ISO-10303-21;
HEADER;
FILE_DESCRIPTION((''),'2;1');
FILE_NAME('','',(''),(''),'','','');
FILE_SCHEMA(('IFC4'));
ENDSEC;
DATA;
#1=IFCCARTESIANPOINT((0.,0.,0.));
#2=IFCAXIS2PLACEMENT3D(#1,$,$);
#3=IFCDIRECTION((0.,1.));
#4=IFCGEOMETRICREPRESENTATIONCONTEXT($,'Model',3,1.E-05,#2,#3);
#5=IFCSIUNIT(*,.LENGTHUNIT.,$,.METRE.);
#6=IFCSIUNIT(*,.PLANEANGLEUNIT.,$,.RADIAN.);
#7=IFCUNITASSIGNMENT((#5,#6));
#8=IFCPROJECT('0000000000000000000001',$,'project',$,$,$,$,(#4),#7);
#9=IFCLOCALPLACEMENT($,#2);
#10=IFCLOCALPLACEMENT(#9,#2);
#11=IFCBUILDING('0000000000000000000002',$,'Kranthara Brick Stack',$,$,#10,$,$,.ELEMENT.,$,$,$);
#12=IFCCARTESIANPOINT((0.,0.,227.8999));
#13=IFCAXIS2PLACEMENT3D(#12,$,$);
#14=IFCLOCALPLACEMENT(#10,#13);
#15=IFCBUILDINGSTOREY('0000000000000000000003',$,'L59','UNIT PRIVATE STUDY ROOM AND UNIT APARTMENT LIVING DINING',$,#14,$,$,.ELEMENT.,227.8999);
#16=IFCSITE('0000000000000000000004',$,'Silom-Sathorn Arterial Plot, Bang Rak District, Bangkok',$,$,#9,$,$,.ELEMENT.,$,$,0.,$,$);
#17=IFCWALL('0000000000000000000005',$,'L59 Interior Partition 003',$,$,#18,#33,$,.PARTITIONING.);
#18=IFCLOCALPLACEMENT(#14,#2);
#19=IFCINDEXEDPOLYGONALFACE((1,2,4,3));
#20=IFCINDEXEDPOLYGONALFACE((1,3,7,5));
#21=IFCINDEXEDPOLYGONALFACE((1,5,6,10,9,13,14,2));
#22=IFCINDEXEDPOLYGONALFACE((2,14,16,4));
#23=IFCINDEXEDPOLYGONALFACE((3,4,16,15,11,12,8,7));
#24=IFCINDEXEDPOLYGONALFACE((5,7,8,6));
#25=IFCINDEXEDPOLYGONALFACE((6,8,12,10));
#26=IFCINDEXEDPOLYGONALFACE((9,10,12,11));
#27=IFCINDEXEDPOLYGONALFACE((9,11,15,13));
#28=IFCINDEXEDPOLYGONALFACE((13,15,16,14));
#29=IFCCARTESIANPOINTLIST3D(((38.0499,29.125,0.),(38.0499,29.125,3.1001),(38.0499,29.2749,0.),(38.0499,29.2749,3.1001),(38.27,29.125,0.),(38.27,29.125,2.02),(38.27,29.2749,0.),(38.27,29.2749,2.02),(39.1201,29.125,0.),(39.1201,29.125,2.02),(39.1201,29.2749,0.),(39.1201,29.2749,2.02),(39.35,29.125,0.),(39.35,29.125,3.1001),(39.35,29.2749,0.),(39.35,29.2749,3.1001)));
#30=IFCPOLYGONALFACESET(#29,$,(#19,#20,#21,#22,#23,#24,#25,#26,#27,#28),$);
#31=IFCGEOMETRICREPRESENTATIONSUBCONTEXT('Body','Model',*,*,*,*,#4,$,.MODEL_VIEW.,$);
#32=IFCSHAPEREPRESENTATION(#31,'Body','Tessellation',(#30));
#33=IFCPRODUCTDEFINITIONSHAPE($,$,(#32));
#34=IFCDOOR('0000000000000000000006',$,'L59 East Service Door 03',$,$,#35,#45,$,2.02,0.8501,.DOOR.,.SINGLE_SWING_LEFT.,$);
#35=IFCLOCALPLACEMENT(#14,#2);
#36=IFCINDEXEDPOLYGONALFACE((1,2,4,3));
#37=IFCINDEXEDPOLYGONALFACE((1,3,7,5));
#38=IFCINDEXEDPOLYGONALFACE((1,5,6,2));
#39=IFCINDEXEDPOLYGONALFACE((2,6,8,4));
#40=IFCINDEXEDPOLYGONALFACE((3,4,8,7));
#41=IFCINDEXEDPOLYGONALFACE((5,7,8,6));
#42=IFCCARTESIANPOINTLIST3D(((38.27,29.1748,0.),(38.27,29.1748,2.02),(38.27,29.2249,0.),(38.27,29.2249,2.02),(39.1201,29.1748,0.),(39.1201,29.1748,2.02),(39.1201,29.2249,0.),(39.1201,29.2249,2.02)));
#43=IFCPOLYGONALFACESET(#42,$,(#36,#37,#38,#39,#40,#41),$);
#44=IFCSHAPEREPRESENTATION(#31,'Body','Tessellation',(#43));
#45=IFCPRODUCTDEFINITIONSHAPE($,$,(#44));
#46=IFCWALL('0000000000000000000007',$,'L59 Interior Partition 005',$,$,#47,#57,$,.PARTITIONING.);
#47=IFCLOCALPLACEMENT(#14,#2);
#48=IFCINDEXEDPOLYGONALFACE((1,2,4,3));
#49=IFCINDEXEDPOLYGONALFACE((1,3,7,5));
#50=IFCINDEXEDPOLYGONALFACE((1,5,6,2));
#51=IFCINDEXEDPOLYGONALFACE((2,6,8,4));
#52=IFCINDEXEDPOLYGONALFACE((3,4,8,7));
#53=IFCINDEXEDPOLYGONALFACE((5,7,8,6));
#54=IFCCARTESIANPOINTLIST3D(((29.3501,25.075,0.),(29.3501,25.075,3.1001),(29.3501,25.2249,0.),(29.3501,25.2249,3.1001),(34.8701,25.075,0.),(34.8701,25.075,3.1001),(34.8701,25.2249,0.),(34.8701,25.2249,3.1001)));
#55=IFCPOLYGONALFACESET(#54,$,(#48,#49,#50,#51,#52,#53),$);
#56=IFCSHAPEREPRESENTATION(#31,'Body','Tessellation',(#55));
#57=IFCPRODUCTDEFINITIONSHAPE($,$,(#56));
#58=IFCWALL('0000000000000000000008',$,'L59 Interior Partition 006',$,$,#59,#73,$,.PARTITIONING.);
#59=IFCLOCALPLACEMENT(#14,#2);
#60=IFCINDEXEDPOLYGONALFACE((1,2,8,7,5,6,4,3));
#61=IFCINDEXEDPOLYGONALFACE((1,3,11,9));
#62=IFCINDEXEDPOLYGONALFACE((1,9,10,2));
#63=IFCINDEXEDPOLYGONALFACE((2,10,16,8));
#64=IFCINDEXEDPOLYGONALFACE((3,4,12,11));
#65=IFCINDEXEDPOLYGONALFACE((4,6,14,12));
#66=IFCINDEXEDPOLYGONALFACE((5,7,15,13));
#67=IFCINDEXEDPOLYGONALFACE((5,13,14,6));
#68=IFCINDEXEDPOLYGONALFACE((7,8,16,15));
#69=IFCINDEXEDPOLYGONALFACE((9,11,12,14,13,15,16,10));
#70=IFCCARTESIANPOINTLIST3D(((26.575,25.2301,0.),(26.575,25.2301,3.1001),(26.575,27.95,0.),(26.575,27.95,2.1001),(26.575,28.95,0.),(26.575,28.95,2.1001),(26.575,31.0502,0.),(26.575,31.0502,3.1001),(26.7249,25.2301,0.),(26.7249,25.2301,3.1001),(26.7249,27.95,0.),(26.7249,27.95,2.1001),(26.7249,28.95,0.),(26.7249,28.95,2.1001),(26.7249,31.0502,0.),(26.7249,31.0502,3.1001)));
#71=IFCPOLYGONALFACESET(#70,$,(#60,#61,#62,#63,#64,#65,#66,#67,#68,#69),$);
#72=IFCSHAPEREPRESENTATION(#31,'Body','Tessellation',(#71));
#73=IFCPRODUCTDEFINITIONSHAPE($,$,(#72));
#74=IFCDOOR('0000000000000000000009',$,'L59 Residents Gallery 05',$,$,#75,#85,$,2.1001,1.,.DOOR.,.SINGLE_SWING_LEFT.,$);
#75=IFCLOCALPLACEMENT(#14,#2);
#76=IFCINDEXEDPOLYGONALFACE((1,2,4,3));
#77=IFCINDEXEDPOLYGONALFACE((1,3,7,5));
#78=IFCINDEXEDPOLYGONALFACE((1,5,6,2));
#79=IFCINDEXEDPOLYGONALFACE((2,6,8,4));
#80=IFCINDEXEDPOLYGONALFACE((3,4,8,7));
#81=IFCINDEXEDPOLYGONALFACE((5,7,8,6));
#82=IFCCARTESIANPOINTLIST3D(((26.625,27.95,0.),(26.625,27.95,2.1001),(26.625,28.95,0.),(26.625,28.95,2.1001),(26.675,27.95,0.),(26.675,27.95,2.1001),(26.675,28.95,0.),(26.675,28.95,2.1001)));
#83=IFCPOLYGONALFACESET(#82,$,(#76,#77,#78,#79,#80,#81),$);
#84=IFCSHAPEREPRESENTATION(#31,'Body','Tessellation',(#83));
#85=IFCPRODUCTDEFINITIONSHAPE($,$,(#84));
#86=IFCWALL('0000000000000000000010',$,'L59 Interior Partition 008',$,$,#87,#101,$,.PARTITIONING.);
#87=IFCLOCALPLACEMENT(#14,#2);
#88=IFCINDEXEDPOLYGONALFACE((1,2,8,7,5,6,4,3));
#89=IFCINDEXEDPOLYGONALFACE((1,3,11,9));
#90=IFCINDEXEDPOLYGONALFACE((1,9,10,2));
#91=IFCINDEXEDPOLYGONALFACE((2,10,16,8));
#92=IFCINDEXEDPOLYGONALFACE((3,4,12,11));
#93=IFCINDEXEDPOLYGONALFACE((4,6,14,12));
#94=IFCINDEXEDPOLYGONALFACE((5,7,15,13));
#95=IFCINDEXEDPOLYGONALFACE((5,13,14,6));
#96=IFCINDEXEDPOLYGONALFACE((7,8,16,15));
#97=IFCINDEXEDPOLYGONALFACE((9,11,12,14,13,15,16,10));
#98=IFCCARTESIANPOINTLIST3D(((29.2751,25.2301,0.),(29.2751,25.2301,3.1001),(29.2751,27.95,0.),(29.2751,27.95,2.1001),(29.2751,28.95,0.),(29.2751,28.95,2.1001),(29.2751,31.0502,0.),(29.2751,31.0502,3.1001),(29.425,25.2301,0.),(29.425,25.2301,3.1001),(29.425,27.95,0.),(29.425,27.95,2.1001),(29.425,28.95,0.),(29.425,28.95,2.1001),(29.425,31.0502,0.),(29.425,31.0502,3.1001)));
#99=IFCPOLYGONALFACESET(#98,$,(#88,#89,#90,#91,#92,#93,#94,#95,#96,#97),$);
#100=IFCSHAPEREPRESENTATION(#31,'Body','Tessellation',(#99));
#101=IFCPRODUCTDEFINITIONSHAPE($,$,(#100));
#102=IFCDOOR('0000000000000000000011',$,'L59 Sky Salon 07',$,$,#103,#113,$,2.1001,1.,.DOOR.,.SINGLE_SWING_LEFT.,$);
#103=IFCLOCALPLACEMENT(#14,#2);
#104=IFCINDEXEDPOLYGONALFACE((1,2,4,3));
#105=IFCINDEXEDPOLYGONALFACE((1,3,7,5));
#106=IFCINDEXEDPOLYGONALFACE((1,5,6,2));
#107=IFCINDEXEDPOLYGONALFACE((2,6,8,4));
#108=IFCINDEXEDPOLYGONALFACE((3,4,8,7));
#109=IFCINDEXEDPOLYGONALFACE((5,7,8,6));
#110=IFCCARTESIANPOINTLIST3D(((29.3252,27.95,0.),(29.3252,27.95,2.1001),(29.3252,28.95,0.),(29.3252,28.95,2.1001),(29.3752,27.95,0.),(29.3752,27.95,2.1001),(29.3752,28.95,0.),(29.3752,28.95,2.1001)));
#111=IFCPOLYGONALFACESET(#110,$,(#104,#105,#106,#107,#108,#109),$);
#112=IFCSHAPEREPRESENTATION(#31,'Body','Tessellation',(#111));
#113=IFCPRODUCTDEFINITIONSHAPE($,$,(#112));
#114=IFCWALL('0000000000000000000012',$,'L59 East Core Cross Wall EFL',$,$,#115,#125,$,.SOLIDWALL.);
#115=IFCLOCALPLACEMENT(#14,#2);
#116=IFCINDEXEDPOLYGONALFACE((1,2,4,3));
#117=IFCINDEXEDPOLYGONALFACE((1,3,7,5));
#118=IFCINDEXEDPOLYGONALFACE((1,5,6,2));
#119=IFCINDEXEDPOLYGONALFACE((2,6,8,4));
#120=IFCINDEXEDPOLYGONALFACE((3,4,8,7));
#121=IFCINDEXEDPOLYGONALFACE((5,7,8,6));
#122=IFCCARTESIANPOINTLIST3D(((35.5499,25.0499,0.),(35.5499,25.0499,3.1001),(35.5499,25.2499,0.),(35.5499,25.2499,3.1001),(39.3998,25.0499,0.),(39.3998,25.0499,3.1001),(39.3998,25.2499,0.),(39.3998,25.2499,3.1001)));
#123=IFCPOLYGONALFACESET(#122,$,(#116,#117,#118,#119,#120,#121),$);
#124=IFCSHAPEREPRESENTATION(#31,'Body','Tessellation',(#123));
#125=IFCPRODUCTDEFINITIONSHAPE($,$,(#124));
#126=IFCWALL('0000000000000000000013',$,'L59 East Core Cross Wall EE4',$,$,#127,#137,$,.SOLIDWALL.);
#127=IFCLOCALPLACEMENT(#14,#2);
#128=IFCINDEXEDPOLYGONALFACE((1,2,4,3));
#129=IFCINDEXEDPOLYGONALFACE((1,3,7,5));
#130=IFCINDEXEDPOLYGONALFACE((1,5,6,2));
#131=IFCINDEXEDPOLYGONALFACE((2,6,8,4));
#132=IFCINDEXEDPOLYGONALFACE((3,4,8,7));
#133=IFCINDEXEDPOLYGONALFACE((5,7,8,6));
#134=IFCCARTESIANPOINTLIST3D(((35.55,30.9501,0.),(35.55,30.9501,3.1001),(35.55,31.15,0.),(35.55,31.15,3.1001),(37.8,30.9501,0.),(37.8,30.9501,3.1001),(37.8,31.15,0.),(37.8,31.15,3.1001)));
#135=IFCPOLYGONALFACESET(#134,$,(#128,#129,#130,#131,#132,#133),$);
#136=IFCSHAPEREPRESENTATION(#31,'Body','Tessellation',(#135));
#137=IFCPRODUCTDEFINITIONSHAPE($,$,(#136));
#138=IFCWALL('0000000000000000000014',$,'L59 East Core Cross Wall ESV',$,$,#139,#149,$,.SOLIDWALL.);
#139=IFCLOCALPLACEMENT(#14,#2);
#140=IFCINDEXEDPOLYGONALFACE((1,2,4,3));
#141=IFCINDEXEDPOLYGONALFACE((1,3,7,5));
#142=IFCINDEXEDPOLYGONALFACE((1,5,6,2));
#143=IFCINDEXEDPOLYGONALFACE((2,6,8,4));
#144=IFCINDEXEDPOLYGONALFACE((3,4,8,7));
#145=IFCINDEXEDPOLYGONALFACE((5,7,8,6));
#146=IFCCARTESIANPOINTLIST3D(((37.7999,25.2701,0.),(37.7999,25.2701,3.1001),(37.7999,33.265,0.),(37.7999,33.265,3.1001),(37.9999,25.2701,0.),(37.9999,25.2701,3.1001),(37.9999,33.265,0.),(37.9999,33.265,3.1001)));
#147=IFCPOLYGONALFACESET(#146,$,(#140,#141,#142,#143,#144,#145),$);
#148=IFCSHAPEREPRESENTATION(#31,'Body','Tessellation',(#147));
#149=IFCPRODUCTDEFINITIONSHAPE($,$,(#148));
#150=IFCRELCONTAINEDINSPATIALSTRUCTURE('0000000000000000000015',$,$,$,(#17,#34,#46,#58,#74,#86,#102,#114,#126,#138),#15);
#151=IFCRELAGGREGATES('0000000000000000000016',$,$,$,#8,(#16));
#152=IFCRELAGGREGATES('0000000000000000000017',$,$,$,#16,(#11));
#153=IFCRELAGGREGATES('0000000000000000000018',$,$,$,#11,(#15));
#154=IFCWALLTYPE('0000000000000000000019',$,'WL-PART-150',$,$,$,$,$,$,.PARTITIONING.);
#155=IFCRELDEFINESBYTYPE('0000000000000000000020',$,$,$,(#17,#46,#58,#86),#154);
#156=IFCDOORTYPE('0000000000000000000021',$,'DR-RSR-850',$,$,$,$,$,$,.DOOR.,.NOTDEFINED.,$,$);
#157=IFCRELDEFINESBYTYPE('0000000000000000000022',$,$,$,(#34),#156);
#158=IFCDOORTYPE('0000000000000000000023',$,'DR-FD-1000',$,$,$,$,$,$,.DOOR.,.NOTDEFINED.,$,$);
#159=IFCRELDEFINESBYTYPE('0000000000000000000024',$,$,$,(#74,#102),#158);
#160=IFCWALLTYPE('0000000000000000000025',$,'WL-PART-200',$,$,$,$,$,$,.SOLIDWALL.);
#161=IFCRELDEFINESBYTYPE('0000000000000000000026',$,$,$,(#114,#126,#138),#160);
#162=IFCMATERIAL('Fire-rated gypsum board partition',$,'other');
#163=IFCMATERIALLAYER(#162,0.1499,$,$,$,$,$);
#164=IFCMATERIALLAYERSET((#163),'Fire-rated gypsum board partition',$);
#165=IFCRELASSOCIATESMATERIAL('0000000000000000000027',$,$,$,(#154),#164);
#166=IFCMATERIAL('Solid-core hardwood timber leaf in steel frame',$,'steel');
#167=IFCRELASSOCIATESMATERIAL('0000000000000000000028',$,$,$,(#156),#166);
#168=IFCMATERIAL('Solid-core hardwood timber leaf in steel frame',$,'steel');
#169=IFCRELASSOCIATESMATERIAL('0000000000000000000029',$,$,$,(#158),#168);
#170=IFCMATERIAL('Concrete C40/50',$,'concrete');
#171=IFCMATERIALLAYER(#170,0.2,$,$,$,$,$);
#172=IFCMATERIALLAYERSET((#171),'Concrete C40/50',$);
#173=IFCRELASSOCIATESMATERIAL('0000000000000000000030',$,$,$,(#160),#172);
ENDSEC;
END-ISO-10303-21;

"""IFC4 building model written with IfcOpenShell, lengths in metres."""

from ifc_helpers import new_model, si_unit, direction, frame, frame_2d, origin, place, context, subcontext, project, spatial, rectangle, extrude, material, layer, layer_set, type_object, element, fill, save


model = new_model("IFC4")

# Units and contexts
model_context = context("Model", 3, precision=1e-05, world=origin(), true_north=direction((0.0, 1.0)))
body_context = subcontext(model_context, "Body", "Model", "MODEL_VIEW")
ifc_project = project(units=[si_unit("LENGTHUNIT", "METRE"), si_unit("PLANEANGLEUNIT", "RADIAN")], contexts=[model_context])

# Site, building, storey
site_placement = place(None, origin())
site = spatial("IfcSite", under=ifc_project, at=site_placement, Name="Silom-Sathorn Arterial Plot, Bang Rak District, Bangkok", CompositionType="ELEMENT", RefElevation=0.0)
building_placement = place(site_placement, origin())
building = spatial("IfcBuilding", under=site, at=building_placement, Name="Kranthara Brick Stack", CompositionType="ELEMENT")
storey_placement = place(building_placement, frame((0.0, 0.0, 227.8999)))
storey = spatial("IfcBuildingStorey", under=building, at=storey_placement, Name="L59", Description="UNIT PRIVATE STUDY ROOM AND UNIT APARTMENT LIVING DINING", CompositionType="ELEMENT", Elevation=227.8999)

# Wall, opening, door
ifc_material_1 = material(Name="Fire-rated gypsum board partition", Category="other")
ifc_layer_1 = layer(ifc_material_1, 0.1499)
ifc_layer_set_1 = layer_set([ifc_layer_1], Name="Fire-rated gypsum board partition")
wall_type_1 = type_object("IfcWallType", Name="WL-PART-150", PredefinedType="PARTITIONING", material=ifc_layer_set_1)
wall_1_placement = place(storey_placement, frame((38.05, 29.2, 0.0), z_axis=(0.0, 0.0, 1.0), x_axis=(1.0, 0.0, 0.0)))
wall_1 = element("IfcWall", 1, at=wall_1_placement, inside=storey, type_object=wall_type_1, Name="L59 Interior Partition 003", PredefinedType="PARTITIONING", context=body_context, shape_type="SweptSolid", body=[
    extrude(rectangle(XDim=1.3, YDim=0.1499, at=frame_2d((0.6499, 0.0))), origin(), (0.0, 0.0, 1.0), 3.1001),
])
opening_1_placement = place(wall_1_placement, frame((0.22, 0.0, 0.0)))
opening_1 = element("IfcOpeningElement", 2, at=opening_1_placement, cuts=wall_1, PredefinedType="OPENING", context=body_context, shape_type="SweptSolid", body=[
    extrude(rectangle(XDim=0.8501, YDim=2.02, at=frame_2d((0.425, 1.01))), frame((0.0, 0.085, 0.0), z_axis=(0.0, -1.0, 0.0), x_axis=(1.0, 0.0, 0.0)), (0.0, 0.0, 1.0), 0.1699),
])
ifc_material_2 = material(Name="Solid-core hardwood timber leaf in steel frame", Category="steel")
door_type_1 = type_object("IfcDoorType", Name="DR-RSR-850", OperationType="NOTDEFINED", PredefinedType="DOOR", material=ifc_material_2)
door_1_placement = place(opening_1_placement, origin())
door_1 = element("IfcDoor", 3, at=door_1_placement, inside=storey, type_object=door_type_1, Name="L59 East Service Door 03", OperationType="SINGLE_SWING_LEFT", OverallHeight=2.02, OverallWidth=0.8501, PredefinedType="DOOR", context=body_context, shape_type="SweptSolid", body=[
    extrude(rectangle(XDim=0.8501, YDim=2.02, at=frame_2d((0.425, 1.01))), frame((0.0, 0.0249, 0.0), z_axis=(0.0, -1.0, 0.0), x_axis=(1.0, 0.0, 0.0)), (0.0, 0.0, 1.0), 0.05),
])
fill(opening_1, door_1)

# Wall
wall_2_placement = place(storey_placement, frame((29.3501, 25.1499, 0.0), z_axis=(0.0, 0.0, 1.0), x_axis=(1.0, 0.0, 0.0)))
element("IfcWall", 4, at=wall_2_placement, inside=storey, type_object=wall_type_1, Name="L59 Interior Partition 005", PredefinedType="PARTITIONING", context=body_context, shape_type="SweptSolid", body=[
    extrude(rectangle(XDim=5.52, YDim=0.1499, at=frame_2d((2.76, 0.0))), origin(), (0.0, 0.0, 1.0), 3.1001),
])

# Walls, openings, doors
wall_3_placement = place(storey_placement, frame((26.6499, 25.23, 0.0), z_axis=(0.0, 0.0, 1.0), x_axis=(0.0, 1.0, 0.0)))
wall_3 = element("IfcWall", 5, at=wall_3_placement, inside=storey, type_object=wall_type_1, Name="L59 Interior Partition 006", PredefinedType="PARTITIONING", context=body_context, shape_type="SweptSolid", body=[
    extrude(rectangle(XDim=5.8201, YDim=0.1499, at=frame_2d((2.9102, 0.0))), origin(), (0.0, 0.0, 1.0), 3.1001),
])
opening_2_placement = place(wall_3_placement, frame((2.72, 0.0, 0.0)))
opening_2 = element("IfcOpeningElement", 6, at=opening_2_placement, cuts=wall_3, PredefinedType="OPENING", context=body_context, shape_type="SweptSolid", body=[
    extrude(rectangle(XDim=1.0, YDim=2.1001, at=frame_2d((0.5, 1.05))), frame((0.0, 0.085, 0.0), z_axis=(0.0, -1.0, 0.0), x_axis=(1.0, 0.0, 0.0)), (0.0, 0.0, 1.0), 0.1699),
])
ifc_material_3 = material(Name="Solid-core hardwood timber leaf in steel frame", Category="steel")
door_type_2 = type_object("IfcDoorType", Name="DR-FD-1000", OperationType="NOTDEFINED", PredefinedType="DOOR", material=ifc_material_3)
door_2_placement = place(opening_2_placement, origin())
door_2 = element("IfcDoor", 7, at=door_2_placement, inside=storey, type_object=door_type_2, Name="L59 Residents Gallery 05", OperationType="SINGLE_SWING_LEFT", OverallHeight=2.1001, OverallWidth=1.0, PredefinedType="DOOR", context=body_context, shape_type="SweptSolid", body=[
    extrude(rectangle(XDim=1.0, YDim=2.1001, at=frame_2d((0.5, 1.05))), frame((0.0, 0.0249, 0.0), z_axis=(0.0, -1.0, 0.0), x_axis=(1.0, 0.0, 0.0)), (0.0, 0.0, 1.0), 0.05),
])
fill(opening_2, door_2)
wall_4_placement = place(storey_placement, frame((29.3501, 25.23, 0.0), z_axis=(0.0, 0.0, 1.0), x_axis=(0.0, 1.0, 0.0)))
wall_4 = element("IfcWall", 8, at=wall_4_placement, inside=storey, type_object=wall_type_1, Name="L59 Interior Partition 008", PredefinedType="PARTITIONING", context=body_context, shape_type="SweptSolid", body=[
    extrude(rectangle(XDim=5.8201, YDim=0.1499, at=frame_2d((2.9102, 0.0))), origin(), (0.0, 0.0, 1.0), 3.1001),
])
opening_3_placement = place(wall_4_placement, frame((2.72, 0.0, 0.0)))
opening_3 = element("IfcOpeningElement", 9, at=opening_3_placement, cuts=wall_4, PredefinedType="OPENING", context=body_context, shape_type="SweptSolid", body=[
    extrude(rectangle(XDim=1.0, YDim=2.1001, at=frame_2d((0.5, 1.05))), frame((0.0, 0.085, 0.0), z_axis=(0.0, -1.0, 0.0), x_axis=(1.0, 0.0, 0.0)), (0.0, 0.0, 1.0), 0.1699),
])
door_3_placement = place(opening_3_placement, origin())
door_3 = element("IfcDoor", 10, at=door_3_placement, inside=storey, type_object=door_type_2, Name="L59 Sky Salon 07", OperationType="SINGLE_SWING_LEFT", OverallHeight=2.1001, OverallWidth=1.0, PredefinedType="DOOR", context=body_context, shape_type="SweptSolid", body=[
    extrude(rectangle(XDim=1.0, YDim=2.1001, at=frame_2d((0.5, 1.05))), frame((0.0, 0.0249, 0.0), z_axis=(0.0, -1.0, 0.0), x_axis=(1.0, 0.0, 0.0)), (0.0, 0.0, 1.0), 0.05),
])
fill(opening_3, door_3)

# Walls
ifc_material_4 = material(Name="Concrete C40/50", Category="concrete")
ifc_layer_2 = layer(ifc_material_4, 0.2)
ifc_layer_set_2 = layer_set([ifc_layer_2], Name="Concrete C40/50")
wall_type_2 = type_object("IfcWallType", Name="WL-PART-200", PredefinedType="SOLIDWALL", material=ifc_layer_set_2)
wall_5_placement = place(storey_placement, frame((35.55, 25.1499, 0.0), z_axis=(0.0, 0.0, 1.0), x_axis=(1.0, 0.0, 0.0)))
element("IfcWall", 11, at=wall_5_placement, inside=storey, type_object=wall_type_2, Name="L59 East Core Cross Wall EFL", PredefinedType="SOLIDWALL", context=body_context, shape_type="SweptSolid", body=[
    extrude(rectangle(XDim=3.8499, YDim=0.2, at=frame_2d((1.9248, 0.0))), origin(), (0.0, 0.0, 1.0), 3.1001),
])
wall_6_placement = place(storey_placement, frame((35.55, 31.05, 0.0), z_axis=(0.0, 0.0, 1.0), x_axis=(1.0, 0.0, 0.0)))
element("IfcWall", 12, at=wall_6_placement, inside=storey, type_object=wall_type_2, Name="L59 East Core Cross Wall EE4", PredefinedType="SOLIDWALL", context=body_context, shape_type="SweptSolid", body=[
    extrude(rectangle(XDim=2.25, YDim=0.2, at=frame_2d((1.125, 0.0))), origin(), (0.0, 0.0, 1.0), 3.1001),
])
wall_7_placement = place(storey_placement, frame((37.8999, 25.27, 0.0), z_axis=(0.0, 0.0, 1.0), x_axis=(0.0, 1.0, 0.0)))
element("IfcWall", 13, at=wall_7_placement, inside=storey, type_object=wall_type_2, Name="L59 East Core Cross Wall ESV", PredefinedType="SOLIDWALL", context=body_context, shape_type="SweptSolid", body=[
    extrude(rectangle(XDim=7.9949, YDim=0.2, at=frame_2d((3.9976, 0.0))), origin(), (0.0, 0.0, 1.0), 3.1001),
])

save(model, "model.ifc")
